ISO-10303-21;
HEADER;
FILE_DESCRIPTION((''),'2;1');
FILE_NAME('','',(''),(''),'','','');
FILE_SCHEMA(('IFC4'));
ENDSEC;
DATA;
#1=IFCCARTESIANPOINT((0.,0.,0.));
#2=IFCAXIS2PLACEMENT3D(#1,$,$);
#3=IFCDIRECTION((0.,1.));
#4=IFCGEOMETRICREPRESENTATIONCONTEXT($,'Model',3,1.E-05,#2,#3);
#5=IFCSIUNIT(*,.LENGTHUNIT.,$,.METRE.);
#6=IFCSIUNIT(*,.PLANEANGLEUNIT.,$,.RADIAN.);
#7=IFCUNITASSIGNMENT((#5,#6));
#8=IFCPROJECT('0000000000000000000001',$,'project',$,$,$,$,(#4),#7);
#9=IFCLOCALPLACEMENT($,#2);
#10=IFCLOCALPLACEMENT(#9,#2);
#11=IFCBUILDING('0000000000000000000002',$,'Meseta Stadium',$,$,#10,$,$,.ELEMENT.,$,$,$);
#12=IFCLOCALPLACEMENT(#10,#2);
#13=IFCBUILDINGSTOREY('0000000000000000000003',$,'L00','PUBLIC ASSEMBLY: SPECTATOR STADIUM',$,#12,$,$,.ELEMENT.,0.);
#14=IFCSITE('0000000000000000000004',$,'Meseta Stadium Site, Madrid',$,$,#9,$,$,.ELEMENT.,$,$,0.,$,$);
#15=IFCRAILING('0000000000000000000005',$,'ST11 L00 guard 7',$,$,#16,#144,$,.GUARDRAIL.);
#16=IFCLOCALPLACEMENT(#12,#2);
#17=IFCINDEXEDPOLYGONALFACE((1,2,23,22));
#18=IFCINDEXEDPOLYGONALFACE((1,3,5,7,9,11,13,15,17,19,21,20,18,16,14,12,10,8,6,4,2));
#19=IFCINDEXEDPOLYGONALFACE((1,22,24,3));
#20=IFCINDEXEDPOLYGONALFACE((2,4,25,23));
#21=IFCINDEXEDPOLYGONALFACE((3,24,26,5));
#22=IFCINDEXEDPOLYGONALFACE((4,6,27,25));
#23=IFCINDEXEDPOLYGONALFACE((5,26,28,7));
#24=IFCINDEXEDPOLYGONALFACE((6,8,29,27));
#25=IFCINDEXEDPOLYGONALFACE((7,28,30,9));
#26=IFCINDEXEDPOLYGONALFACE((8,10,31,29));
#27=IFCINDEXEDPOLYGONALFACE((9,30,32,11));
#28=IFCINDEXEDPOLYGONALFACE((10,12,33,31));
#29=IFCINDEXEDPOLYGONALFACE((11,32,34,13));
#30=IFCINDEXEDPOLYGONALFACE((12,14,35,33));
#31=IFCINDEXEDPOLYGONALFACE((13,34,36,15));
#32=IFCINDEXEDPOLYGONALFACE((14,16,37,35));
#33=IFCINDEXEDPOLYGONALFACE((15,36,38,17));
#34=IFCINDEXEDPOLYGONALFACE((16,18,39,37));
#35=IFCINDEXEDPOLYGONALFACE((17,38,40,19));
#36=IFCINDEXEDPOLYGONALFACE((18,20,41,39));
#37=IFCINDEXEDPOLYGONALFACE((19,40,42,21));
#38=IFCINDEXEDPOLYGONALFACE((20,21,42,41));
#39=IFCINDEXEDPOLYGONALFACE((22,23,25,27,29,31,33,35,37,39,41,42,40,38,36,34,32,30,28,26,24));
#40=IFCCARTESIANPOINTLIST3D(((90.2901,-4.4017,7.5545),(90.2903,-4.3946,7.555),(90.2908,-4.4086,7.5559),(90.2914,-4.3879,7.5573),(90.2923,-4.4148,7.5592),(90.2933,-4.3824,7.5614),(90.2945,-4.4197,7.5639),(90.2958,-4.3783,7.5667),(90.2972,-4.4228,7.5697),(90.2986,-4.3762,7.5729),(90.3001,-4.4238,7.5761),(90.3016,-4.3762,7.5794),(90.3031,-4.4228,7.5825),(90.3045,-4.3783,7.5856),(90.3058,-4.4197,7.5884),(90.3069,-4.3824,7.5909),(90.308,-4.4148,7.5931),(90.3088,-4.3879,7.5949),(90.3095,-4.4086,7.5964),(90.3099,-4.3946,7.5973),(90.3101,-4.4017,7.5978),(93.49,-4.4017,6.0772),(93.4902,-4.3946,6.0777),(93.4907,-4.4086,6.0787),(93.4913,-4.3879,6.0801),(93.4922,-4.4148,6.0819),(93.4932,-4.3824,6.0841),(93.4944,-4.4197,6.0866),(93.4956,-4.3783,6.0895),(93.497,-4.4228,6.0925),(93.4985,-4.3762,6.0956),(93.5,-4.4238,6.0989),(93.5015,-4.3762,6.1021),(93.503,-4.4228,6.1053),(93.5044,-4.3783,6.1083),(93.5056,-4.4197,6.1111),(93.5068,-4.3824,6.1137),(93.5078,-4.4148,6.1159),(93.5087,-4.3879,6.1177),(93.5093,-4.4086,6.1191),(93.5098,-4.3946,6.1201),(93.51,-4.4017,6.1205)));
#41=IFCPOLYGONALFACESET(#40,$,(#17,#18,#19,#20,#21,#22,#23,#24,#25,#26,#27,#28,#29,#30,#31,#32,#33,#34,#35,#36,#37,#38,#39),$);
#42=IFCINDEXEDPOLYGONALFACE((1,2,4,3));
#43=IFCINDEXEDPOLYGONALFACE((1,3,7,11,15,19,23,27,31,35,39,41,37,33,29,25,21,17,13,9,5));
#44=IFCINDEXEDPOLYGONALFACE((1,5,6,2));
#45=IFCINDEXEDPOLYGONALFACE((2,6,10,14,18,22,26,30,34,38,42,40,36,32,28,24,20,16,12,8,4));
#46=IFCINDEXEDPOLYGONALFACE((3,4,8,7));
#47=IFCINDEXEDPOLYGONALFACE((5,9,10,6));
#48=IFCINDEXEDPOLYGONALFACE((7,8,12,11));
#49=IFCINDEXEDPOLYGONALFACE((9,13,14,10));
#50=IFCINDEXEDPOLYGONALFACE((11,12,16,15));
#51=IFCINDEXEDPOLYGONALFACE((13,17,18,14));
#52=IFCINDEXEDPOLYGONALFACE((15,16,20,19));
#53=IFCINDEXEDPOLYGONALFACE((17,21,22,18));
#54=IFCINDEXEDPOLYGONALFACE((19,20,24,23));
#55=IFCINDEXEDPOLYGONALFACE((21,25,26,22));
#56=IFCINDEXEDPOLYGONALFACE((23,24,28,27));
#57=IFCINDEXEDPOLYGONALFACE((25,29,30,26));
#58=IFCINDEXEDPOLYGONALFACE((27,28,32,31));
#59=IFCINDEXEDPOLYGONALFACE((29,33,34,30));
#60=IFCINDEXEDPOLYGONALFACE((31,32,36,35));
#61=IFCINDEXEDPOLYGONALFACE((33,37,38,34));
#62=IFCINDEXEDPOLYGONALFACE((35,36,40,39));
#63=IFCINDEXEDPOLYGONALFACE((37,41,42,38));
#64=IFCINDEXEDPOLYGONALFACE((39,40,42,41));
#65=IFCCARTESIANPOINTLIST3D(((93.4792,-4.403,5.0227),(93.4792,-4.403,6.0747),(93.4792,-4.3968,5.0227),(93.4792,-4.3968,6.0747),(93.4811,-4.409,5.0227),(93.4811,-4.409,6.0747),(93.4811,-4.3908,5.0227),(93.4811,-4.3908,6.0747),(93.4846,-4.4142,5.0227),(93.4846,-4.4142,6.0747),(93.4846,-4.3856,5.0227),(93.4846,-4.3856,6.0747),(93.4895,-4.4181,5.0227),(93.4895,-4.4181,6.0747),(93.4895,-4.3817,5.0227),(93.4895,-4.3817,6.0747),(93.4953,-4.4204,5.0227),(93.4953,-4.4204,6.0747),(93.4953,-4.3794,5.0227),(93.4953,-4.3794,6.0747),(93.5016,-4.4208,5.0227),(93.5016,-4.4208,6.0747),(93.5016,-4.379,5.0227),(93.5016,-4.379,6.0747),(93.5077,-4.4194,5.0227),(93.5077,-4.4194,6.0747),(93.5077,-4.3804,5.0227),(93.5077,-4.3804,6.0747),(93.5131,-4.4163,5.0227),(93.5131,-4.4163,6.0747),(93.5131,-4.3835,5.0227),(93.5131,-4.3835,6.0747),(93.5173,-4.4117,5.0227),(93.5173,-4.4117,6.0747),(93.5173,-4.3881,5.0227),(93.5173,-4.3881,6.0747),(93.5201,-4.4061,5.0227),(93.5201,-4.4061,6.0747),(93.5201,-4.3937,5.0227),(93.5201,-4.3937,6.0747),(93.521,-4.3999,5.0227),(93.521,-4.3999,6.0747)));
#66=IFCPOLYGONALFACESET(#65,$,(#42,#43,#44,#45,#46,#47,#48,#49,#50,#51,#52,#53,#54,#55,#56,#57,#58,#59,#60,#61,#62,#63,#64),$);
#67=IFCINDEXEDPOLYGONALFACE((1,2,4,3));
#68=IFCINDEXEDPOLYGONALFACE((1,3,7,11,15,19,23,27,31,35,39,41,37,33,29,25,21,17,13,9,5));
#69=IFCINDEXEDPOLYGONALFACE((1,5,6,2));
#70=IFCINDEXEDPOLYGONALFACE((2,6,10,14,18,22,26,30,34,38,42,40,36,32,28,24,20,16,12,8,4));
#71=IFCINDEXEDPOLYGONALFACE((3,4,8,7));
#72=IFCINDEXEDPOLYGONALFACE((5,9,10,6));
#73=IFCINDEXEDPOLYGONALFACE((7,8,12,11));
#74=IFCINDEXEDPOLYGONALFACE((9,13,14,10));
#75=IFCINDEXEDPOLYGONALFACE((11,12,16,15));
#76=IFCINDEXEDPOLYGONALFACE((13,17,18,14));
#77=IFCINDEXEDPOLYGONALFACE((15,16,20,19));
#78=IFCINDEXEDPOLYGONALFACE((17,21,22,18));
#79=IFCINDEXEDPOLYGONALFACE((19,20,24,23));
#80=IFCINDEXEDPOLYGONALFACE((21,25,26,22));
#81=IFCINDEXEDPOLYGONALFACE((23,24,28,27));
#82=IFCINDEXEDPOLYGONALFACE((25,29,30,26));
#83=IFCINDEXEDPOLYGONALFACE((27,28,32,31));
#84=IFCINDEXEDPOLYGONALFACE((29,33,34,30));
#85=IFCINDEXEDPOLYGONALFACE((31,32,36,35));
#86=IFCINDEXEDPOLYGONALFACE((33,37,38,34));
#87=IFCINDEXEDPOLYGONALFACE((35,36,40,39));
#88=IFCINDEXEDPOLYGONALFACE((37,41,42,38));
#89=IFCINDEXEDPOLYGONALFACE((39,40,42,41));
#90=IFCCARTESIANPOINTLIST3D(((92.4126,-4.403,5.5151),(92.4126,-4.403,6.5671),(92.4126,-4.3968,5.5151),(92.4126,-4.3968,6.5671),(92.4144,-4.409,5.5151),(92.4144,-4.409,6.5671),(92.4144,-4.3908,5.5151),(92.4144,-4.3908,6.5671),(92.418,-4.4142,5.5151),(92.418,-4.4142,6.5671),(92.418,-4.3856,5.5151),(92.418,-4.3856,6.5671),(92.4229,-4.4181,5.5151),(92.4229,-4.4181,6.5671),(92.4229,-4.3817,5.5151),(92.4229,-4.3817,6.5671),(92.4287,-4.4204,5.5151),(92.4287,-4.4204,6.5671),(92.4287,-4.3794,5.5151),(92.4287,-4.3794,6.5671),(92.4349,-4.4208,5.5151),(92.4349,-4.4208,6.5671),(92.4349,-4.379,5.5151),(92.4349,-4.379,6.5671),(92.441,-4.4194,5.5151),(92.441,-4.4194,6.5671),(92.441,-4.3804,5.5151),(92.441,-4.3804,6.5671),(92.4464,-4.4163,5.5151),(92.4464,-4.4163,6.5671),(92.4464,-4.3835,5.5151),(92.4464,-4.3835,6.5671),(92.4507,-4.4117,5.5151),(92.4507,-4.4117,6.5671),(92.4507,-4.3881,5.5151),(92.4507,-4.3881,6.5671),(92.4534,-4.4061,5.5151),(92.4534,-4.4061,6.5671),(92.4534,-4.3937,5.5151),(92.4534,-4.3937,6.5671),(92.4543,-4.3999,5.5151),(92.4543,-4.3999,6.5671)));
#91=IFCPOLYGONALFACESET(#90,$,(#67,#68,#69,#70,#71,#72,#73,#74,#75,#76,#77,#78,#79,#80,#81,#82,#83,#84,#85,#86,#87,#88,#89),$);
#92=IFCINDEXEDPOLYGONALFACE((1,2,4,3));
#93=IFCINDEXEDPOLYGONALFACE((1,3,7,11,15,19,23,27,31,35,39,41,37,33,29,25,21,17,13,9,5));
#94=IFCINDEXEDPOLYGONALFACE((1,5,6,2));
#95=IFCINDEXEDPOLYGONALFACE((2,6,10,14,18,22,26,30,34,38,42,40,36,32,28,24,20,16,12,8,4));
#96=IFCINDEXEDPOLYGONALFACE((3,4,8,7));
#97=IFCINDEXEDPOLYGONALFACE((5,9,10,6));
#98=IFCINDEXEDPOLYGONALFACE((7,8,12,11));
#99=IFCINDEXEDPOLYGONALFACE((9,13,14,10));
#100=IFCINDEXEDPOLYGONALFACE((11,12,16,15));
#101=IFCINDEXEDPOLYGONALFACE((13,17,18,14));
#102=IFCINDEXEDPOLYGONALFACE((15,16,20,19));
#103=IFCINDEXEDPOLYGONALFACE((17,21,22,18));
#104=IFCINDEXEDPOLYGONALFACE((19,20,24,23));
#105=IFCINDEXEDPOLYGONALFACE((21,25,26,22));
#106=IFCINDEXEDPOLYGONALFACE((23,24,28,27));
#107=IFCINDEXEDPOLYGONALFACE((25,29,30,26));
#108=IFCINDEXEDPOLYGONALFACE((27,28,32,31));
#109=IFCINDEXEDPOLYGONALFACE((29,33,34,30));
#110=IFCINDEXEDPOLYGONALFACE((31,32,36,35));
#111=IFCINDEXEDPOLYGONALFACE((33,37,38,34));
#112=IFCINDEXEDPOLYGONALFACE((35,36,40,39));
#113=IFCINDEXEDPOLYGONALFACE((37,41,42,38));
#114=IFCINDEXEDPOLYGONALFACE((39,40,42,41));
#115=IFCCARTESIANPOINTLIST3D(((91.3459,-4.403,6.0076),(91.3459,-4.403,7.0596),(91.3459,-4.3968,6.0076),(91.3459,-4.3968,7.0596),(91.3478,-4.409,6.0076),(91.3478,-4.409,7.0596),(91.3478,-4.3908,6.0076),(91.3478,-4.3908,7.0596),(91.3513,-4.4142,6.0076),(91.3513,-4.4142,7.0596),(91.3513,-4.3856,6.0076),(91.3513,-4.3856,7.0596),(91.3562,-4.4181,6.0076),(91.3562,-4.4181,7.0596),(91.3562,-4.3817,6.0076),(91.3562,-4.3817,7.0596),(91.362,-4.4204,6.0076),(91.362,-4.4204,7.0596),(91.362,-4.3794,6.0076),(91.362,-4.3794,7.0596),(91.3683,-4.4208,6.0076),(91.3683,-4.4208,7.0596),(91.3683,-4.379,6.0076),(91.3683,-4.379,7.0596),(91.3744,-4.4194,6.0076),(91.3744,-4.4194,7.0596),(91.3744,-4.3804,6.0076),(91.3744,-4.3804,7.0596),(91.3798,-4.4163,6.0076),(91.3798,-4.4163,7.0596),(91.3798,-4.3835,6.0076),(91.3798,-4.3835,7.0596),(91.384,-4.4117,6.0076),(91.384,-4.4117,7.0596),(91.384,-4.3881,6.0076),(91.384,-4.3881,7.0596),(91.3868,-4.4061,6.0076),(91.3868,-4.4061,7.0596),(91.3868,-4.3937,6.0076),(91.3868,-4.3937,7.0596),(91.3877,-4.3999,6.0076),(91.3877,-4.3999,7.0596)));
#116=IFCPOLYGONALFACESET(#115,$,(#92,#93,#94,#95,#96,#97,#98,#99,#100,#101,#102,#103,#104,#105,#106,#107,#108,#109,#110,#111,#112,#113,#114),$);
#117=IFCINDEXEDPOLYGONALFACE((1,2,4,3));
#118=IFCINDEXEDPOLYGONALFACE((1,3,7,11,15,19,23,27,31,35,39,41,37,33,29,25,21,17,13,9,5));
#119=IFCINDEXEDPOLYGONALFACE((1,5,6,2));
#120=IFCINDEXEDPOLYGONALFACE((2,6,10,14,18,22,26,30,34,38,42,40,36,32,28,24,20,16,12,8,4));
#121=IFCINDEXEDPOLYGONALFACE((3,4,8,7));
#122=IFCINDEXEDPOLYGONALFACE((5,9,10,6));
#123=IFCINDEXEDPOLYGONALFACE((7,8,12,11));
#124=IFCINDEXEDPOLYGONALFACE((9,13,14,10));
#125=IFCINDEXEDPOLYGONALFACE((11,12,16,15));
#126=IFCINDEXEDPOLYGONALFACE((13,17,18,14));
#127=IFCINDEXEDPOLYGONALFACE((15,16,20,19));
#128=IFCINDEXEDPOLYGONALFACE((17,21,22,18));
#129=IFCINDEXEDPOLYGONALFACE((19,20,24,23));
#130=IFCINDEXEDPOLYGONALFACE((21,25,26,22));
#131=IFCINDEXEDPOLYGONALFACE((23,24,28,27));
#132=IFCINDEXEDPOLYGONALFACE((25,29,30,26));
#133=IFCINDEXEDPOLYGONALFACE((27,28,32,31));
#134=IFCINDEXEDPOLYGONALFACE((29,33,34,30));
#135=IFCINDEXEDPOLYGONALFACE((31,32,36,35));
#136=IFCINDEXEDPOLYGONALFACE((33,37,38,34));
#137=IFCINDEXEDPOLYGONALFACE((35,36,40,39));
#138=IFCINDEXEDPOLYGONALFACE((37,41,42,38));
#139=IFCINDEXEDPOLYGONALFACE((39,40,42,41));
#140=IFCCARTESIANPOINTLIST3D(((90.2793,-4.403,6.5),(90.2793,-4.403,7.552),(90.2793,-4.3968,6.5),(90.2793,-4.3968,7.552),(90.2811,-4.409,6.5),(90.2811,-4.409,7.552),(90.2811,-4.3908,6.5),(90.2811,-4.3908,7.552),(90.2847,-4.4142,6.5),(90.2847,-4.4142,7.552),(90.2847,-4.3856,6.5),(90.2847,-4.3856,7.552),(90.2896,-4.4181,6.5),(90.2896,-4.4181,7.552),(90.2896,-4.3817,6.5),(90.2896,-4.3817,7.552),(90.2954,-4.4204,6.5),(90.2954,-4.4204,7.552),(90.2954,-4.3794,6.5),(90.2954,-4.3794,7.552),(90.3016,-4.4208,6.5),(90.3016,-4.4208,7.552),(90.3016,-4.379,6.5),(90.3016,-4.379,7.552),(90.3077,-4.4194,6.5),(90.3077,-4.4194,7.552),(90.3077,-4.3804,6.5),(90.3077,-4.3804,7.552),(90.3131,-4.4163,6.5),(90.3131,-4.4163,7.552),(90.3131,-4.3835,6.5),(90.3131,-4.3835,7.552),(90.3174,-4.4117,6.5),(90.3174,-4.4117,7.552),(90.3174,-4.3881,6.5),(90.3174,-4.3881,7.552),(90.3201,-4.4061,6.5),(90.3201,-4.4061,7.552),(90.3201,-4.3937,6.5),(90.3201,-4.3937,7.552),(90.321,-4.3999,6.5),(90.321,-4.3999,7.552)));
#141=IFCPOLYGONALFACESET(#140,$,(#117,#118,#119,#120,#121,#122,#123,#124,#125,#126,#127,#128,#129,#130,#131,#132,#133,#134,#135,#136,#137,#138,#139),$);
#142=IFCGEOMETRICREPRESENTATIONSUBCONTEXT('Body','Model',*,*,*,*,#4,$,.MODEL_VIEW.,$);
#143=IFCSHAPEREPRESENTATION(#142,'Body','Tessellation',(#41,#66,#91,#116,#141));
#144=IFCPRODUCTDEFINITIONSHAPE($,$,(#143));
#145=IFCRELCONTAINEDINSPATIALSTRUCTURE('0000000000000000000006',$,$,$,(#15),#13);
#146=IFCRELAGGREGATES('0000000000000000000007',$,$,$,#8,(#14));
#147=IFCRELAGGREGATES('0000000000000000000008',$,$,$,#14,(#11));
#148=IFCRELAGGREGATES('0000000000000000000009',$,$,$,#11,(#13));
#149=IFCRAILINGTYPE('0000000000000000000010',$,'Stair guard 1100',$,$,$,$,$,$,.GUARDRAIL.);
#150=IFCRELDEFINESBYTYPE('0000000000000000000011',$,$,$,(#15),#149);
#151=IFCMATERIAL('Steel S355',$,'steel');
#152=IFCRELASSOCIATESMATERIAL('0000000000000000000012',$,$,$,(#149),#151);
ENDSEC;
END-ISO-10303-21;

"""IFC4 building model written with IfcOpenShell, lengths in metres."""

from ifc_helpers import new_model, si_unit, direction, frame, origin, origin_2d, place, context, subcontext, project, spatial, circle, extrude, material, type_object, element, save


model = new_model("IFC4")

# Units and contexts
model_context = context("Model", 3, precision=1e-05, world=origin(), true_north=direction((0.0, 1.0)))
body_context = subcontext(model_context, "Body", "Model", "MODEL_VIEW")
ifc_project = project(units=[si_unit("LENGTHUNIT", "METRE"), si_unit("PLANEANGLEUNIT", "RADIAN")], contexts=[model_context])

# Site, building, storey
site_placement = place(None, origin())
site = spatial("IfcSite", under=ifc_project, at=site_placement, Name="Meseta Stadium Site, Madrid", CompositionType="ELEMENT", RefElevation=0.0)
building_placement = place(site_placement, origin())
building = spatial("IfcBuilding", under=site, at=building_placement, Name="Meseta Stadium", CompositionType="ELEMENT")
storey_placement = place(building_placement, origin())
storey = spatial("IfcBuildingStorey", under=building, at=storey_placement, Name="L00", Description="PUBLIC ASSEMBLY: SPECTATOR STADIUM", CompositionType="ELEMENT", Elevation=0.0)

# Railing
ifc_material_1 = material(Name="Steel S355", Category="steel")
railing_type_1 = type_object("IfcRailingType", Name="Stair guard 1100", PredefinedType="GUARDRAIL", material=ifc_material_1)
railing_1_placement = place(storey_placement, frame((93.5, -4.3999, 5.0227)))
element("IfcRailing", 1, at=railing_1_placement, inside=storey, type_object=railing_type_1, Name="ST11 L00 guard 7", PredefinedType="GUARDRAIL", context=body_context, shape_type="SweptSolid", body=[
    extrude(circle(Radius=0.0239, at=origin_2d()), frame((0.0, 0.0, 1.0762), z_axis=(-0.907917, 0.0, 0.41915), x_axis=(0.0, -1.0, 0.0)), (0.0, 0.0, 1.0), 3.5244),
    extrude(circle(Radius=0.021, at=origin_2d()), origin(), (0.0, 0.0, 1.0), 1.052),
    extrude(circle(Radius=0.021, at=origin_2d()), frame((-1.0667, 0.0, 0.4924)), (0.0, 0.0, 1.0), 1.052),
    extrude(circle(Radius=0.021, at=origin_2d()), frame((-2.1333, 0.0, 0.9849)), (0.0, 0.0, 1.0), 1.052),
    extrude(circle(Radius=0.021, at=origin_2d()), frame((-3.2, 0.0, 1.4773)), (0.0, 0.0, 1.0), 1.052),
])

save(model, "model.ifc")
